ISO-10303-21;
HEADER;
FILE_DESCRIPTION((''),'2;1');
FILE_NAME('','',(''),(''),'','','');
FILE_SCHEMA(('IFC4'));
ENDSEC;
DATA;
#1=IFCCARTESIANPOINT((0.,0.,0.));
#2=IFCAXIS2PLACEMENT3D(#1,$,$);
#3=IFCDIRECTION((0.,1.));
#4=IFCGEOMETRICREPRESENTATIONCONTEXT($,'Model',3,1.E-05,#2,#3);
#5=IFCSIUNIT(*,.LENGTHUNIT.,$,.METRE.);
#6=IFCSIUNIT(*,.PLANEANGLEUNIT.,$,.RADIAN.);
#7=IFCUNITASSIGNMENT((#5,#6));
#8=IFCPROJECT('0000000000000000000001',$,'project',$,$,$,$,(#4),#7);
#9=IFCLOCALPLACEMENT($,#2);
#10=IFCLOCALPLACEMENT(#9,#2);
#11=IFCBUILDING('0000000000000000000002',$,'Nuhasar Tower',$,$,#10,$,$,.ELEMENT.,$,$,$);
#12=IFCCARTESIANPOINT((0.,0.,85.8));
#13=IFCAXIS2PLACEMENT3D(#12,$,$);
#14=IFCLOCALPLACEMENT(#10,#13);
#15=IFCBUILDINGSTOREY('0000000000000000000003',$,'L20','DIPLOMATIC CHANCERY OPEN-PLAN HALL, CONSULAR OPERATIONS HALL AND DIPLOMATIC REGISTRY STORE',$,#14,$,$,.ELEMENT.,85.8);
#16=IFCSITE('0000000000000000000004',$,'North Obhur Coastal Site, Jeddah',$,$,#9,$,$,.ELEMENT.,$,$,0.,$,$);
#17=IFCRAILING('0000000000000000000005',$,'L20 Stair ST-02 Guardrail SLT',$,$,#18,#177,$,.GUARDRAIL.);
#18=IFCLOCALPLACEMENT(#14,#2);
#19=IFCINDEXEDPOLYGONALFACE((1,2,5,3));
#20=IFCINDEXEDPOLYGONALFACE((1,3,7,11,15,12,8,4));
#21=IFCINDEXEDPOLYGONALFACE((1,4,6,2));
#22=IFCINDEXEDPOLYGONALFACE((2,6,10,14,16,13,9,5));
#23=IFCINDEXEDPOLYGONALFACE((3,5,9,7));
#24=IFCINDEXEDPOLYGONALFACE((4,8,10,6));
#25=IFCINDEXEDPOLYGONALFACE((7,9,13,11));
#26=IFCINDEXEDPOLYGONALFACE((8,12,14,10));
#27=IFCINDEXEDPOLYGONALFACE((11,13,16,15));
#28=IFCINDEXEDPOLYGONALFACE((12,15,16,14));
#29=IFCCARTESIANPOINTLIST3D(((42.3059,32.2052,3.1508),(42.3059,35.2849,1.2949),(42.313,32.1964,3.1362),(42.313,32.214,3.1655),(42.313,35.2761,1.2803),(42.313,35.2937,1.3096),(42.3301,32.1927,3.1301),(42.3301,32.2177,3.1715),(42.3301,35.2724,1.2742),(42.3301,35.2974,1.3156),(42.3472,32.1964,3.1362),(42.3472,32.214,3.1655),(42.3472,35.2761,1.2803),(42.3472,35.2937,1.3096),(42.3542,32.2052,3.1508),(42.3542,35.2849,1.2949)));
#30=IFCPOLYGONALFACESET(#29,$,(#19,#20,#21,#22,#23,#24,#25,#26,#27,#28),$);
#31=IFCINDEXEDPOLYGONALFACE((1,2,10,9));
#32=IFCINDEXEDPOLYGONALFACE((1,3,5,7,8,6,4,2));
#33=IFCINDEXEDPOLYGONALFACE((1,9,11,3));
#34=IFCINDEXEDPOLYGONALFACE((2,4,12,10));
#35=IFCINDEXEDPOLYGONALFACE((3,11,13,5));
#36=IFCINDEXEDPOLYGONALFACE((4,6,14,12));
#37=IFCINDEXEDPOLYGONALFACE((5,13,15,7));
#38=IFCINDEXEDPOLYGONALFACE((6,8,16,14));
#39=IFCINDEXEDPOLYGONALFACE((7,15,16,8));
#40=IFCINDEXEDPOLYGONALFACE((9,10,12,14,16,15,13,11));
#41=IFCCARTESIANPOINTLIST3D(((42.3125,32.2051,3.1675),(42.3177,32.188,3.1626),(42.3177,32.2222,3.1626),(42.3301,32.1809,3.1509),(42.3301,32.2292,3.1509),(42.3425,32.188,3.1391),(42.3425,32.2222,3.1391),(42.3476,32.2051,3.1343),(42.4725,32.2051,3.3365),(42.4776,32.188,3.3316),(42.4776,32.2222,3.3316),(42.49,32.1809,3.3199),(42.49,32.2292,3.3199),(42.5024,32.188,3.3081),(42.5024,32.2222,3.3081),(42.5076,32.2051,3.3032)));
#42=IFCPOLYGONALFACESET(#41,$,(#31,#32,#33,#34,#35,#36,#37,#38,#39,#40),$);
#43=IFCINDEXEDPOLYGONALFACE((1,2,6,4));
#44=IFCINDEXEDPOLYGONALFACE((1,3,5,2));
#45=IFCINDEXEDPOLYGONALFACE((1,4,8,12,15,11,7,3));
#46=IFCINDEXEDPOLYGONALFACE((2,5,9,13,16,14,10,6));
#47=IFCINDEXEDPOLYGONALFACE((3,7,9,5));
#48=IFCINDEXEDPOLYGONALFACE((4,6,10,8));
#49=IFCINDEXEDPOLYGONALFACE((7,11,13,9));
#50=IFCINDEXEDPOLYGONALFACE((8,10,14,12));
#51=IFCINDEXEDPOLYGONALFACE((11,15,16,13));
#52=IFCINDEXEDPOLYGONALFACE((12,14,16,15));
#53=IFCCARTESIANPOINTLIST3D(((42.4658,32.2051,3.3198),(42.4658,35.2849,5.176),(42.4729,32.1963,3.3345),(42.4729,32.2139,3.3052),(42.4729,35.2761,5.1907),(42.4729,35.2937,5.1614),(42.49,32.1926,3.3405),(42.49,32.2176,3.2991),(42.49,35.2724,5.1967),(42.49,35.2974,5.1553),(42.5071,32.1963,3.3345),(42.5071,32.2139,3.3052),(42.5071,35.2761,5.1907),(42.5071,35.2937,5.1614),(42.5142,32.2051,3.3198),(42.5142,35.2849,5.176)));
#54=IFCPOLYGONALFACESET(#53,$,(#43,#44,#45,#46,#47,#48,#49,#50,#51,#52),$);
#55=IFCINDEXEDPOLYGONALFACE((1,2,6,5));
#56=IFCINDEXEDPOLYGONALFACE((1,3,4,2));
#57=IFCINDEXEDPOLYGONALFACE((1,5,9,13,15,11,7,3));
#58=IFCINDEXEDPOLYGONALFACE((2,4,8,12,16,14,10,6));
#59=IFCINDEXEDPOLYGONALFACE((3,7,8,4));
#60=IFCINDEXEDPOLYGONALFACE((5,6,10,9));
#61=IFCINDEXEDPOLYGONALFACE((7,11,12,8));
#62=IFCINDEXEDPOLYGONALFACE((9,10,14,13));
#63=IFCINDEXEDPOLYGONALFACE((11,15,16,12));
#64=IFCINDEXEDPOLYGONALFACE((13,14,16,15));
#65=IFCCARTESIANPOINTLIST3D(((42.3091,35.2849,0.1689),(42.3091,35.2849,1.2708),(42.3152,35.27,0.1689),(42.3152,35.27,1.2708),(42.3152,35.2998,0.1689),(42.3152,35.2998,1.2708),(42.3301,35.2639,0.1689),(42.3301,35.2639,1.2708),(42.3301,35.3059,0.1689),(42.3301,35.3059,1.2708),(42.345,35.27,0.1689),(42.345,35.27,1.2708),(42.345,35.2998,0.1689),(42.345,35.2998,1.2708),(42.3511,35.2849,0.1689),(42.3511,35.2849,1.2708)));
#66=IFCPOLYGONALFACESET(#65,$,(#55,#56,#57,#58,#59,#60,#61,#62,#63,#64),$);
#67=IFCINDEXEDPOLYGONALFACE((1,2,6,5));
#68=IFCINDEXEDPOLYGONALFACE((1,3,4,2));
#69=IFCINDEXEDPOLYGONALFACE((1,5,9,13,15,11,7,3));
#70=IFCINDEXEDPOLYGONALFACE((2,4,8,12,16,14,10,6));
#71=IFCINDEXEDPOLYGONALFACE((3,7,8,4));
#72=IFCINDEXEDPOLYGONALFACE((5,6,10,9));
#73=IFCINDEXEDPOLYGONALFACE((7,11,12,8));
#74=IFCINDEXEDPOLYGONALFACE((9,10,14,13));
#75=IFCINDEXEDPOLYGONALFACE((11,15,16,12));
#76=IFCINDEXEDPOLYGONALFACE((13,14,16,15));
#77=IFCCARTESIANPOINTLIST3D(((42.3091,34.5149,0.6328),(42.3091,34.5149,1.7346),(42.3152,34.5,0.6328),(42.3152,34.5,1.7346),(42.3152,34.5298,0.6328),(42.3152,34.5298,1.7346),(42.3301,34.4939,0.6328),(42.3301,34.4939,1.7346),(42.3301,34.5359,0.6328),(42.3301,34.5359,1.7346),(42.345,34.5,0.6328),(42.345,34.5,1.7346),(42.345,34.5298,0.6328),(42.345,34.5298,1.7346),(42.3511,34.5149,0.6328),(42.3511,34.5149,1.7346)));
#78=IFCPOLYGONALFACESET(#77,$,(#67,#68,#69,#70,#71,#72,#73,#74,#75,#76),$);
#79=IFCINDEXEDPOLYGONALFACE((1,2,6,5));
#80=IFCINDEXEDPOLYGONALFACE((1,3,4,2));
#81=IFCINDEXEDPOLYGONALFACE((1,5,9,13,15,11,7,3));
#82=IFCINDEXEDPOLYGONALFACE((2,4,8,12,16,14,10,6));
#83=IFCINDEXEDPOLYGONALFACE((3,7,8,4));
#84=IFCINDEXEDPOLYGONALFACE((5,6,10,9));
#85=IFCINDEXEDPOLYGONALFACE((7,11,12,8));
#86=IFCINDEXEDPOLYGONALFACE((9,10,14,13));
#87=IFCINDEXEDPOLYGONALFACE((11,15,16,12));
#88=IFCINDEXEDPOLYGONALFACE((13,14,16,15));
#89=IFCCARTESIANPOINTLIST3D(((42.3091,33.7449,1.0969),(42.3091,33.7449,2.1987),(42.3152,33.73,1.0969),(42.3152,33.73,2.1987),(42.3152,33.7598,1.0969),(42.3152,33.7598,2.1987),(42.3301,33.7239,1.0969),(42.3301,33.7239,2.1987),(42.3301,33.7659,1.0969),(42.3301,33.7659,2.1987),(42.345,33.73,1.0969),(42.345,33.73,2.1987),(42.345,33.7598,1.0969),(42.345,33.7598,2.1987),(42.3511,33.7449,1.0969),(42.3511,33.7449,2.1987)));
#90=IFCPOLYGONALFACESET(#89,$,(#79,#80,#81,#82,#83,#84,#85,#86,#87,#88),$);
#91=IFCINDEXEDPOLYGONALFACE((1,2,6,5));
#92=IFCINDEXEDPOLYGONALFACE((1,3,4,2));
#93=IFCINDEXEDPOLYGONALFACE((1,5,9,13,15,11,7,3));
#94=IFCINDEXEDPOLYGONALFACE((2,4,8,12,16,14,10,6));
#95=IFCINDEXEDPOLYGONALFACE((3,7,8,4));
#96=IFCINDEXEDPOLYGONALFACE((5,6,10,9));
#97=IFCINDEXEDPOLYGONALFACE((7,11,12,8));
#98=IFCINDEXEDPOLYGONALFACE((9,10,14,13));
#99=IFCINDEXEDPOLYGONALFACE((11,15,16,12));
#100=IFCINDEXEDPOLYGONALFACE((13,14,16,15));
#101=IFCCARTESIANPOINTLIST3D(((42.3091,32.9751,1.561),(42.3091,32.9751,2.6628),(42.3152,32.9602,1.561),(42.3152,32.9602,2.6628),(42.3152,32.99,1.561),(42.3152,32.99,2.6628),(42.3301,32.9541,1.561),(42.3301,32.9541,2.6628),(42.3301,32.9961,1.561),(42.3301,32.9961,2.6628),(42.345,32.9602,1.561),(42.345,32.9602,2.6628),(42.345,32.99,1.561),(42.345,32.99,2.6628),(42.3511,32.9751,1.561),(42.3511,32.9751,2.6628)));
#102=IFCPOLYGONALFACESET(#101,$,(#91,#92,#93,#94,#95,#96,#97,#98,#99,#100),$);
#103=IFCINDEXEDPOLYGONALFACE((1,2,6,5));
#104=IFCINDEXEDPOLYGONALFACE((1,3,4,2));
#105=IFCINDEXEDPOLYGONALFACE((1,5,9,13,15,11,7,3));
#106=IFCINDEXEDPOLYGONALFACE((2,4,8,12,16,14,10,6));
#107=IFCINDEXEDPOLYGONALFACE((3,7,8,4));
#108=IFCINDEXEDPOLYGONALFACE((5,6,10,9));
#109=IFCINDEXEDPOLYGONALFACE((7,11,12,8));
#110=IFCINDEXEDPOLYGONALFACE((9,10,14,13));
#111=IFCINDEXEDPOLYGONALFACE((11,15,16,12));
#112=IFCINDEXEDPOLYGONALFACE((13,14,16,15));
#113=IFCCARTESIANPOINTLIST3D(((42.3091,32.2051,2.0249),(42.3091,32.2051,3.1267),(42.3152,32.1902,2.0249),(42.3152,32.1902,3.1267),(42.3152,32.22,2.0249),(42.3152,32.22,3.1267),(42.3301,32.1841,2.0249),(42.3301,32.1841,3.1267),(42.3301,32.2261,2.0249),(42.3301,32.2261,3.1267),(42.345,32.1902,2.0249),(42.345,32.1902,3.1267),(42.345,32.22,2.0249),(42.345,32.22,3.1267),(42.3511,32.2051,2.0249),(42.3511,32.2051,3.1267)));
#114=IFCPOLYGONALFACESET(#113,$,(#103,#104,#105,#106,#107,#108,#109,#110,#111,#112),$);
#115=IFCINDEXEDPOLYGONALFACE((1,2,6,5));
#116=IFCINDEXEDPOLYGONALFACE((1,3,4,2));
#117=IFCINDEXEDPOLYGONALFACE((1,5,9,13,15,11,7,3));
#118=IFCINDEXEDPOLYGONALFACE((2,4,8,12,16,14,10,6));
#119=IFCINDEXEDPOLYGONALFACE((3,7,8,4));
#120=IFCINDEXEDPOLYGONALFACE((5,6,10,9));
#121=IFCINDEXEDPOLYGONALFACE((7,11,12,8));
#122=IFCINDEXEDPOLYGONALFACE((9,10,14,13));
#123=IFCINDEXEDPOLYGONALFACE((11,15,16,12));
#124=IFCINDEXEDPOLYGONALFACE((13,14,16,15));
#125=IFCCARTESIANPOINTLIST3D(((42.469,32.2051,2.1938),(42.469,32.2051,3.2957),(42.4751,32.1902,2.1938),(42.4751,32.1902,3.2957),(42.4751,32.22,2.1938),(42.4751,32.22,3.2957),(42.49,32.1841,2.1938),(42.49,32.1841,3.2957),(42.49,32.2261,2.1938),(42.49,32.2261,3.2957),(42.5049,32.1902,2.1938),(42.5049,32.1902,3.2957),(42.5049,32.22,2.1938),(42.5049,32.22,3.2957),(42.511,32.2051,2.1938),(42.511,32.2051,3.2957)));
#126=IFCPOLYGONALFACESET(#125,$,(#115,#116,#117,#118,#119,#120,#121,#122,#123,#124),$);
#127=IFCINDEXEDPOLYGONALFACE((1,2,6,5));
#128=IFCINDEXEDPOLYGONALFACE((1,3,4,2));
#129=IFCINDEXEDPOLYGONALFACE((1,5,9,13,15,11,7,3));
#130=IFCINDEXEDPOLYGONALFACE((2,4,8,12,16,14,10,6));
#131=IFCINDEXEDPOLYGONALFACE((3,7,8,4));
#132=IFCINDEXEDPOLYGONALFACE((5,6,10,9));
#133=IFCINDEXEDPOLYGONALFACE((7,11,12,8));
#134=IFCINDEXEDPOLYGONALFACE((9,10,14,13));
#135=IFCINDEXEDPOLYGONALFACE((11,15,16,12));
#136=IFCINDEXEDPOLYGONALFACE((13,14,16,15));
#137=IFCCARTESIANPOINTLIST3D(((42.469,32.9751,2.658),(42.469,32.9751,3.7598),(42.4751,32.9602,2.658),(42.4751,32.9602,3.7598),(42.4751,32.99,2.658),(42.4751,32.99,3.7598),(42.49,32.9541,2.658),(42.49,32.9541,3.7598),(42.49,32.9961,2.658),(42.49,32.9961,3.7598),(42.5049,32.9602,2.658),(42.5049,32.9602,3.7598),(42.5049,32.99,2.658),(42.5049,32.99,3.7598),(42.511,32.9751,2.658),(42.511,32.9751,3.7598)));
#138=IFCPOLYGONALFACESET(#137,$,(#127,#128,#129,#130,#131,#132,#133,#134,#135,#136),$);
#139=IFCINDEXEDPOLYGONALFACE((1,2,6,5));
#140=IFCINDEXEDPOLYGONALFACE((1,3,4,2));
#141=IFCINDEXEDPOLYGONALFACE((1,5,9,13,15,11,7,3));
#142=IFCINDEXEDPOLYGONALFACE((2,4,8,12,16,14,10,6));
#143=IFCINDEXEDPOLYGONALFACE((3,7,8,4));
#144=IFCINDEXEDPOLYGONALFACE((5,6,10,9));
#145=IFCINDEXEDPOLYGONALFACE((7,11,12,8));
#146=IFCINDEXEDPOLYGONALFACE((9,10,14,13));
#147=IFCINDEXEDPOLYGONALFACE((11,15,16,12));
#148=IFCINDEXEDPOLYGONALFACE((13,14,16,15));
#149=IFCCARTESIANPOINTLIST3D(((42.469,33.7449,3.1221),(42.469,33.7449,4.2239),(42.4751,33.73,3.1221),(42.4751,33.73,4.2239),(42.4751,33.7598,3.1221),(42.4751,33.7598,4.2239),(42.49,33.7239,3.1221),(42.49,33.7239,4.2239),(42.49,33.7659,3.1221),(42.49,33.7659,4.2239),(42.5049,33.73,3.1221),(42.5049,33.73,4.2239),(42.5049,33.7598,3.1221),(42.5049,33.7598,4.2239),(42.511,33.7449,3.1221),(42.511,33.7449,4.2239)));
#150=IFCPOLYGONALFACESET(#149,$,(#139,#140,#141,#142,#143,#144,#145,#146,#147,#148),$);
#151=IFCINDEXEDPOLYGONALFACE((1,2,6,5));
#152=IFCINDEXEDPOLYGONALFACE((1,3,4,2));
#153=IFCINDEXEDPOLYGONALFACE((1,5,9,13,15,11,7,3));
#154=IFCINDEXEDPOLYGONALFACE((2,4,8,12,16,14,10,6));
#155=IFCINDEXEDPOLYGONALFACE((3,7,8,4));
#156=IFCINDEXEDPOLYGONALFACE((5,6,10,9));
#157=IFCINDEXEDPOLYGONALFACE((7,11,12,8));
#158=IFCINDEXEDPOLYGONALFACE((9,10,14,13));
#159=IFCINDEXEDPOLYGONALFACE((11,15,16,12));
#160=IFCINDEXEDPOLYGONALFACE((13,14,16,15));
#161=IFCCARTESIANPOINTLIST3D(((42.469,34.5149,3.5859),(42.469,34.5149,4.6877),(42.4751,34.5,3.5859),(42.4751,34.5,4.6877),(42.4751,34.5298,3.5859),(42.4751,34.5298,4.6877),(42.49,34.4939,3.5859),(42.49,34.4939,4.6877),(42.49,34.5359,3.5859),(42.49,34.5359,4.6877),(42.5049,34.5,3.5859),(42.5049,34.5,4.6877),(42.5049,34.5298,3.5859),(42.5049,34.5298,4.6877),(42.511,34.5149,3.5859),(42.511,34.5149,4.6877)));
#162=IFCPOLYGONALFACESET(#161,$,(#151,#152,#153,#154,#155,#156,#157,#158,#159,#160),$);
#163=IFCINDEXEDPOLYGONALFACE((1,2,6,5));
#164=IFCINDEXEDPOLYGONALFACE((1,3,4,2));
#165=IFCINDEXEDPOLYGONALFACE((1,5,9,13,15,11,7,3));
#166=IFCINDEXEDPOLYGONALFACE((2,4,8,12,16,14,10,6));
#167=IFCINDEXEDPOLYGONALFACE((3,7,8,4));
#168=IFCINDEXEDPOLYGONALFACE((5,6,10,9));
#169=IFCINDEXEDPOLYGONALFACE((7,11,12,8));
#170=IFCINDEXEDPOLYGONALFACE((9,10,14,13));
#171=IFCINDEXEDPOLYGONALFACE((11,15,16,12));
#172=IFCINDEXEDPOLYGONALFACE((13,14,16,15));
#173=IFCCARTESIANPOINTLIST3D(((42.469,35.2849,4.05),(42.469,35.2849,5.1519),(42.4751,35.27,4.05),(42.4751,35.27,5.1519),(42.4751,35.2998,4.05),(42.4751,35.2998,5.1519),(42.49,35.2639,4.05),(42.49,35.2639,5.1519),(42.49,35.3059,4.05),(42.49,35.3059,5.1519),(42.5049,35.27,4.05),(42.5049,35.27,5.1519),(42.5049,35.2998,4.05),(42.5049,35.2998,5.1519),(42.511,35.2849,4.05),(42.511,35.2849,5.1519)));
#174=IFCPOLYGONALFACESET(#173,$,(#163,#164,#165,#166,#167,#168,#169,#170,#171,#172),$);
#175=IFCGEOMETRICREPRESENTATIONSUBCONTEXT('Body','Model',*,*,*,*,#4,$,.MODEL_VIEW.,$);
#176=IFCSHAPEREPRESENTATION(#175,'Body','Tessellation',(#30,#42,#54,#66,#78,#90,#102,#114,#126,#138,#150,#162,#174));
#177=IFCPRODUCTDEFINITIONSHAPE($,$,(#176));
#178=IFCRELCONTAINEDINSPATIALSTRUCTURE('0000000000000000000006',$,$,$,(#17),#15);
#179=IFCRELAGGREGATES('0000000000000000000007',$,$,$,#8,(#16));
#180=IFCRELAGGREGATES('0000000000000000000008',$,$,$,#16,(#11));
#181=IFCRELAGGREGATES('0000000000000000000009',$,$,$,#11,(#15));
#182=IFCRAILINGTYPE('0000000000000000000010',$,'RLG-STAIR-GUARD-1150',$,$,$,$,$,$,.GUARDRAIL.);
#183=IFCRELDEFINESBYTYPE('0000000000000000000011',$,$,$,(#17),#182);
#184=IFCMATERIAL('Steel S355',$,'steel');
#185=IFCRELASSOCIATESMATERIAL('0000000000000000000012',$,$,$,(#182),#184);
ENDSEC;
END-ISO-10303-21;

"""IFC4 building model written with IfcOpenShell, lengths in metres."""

from ifc_helpers import new_model, si_unit, direction, frame, origin, place, context, subcontext, project, spatial, polyline, outline, extrude, material, type_object, element, save


model = new_model("IFC4")

# Units and contexts
model_context = context("Model", 3, precision=1e-05, world=origin(), true_north=direction((0.0, 1.0)))
body_context = subcontext(model_context, "Body", "Model", "MODEL_VIEW")
ifc_project = project(units=[si_unit("LENGTHUNIT", "METRE"), si_unit("PLANEANGLEUNIT", "RADIAN")], contexts=[model_context])

# Site, building, storey
site_placement = place(None, origin())
site = spatial("IfcSite", under=ifc_project, at=site_placement, Name="North Obhur Coastal Site, Jeddah", CompositionType="ELEMENT", RefElevation=0.0)
building_placement = place(site_placement, origin())
building = spatial("IfcBuilding", under=site, at=building_placement, Name="Nuhasar Tower", CompositionType="ELEMENT")
storey_placement = place(building_placement, frame((0.0, 0.0, 85.8)))
storey = spatial("IfcBuildingStorey", under=building, at=storey_placement, Name="L20", Description="DIPLOMATIC CHANCERY OPEN-PLAN HALL, CONSULAR OPERATIONS HALL AND DIPLOMATIC REGISTRY STORE", CompositionType="ELEMENT", Elevation=85.8)

# Shared definitions
ifc_material_1 = material(Name="Steel S355", Category="steel")

# Railing
railing_type_1 = type_object("IfcRailingType", Name="RLG-STAIR-GUARD-1150", PredefinedType="GUARDRAIL", material=ifc_material_1)
railing_1_placement = place(storey_placement, frame((42.3301, 35.2849, 0.1689)))
element("IfcRailing", 1, at=railing_1_placement, inside=storey, type_object=railing_type_1, Name="L20 Stair ST-02 Guardrail SLT", PredefinedType="GUARDRAIL", context=body_context, shape_type="SweptSolid", body=[
    extrude(outline(polyline([(0.0242, 0.0), (0.0171, 0.0171), (0.0, 0.0242), (-0.0171, 0.0171), (-0.0242, 0.0), (-0.0171, -0.0171), (0.0, -0.0242), (0.0171, -0.0171), (0.0242, 0.0)])), frame((0.0, 0.0, 1.126), z_axis=(0.0, -0.856503, 0.516142), x_axis=(1.0, 0.0, 0.0)), (0.0, 0.0, 1.0), 3.5957),
    extrude(outline(polyline([(0.0242, 0.0), (0.0171, 0.0171), (0.0, 0.0242), (-0.0171, 0.0171), (-0.0242, 0.0), (-0.0171, -0.0171), (0.0, -0.0242), (0.0171, -0.0171), (0.0242, 0.0)])), frame((0.0, -3.0798, 2.9819), z_axis=(0.687424, 0.0, 0.726256), x_axis=(0.0, 1.0, 0.0)), (0.0, 0.0, 1.0), 0.2327),
    extrude(outline(polyline([(0.0242, 0.0), (0.0171, 0.0171), (0.0, 0.0242), (-0.0171, 0.0171), (-0.0242, 0.0), (-0.0171, -0.0171), (0.0, -0.0242), (0.0171, -0.0171), (0.0242, 0.0)])), frame((0.1599, -3.0798, 3.1509), z_axis=(0.0, 0.856473, 0.516192), x_axis=(-1.0, 0.0, 0.0)), (0.0, 0.0, 1.0), 3.5959),
    extrude(outline(polyline([(0.021, 0.0), (0.0149, 0.0149), (0.0, 0.021), (-0.0149, 0.0149), (-0.021, 0.0), (-0.0149, -0.0149), (0.0, -0.021), (0.0149, -0.0149), (0.021, 0.0)])), origin(), (0.0, 0.0, 1.0), 1.1018),
    extrude(outline(polyline([(0.021, 0.0), (0.0149, 0.0149), (0.0, 0.021), (-0.0149, 0.0149), (-0.021, 0.0), (-0.0149, -0.0149), (0.0, -0.021), (0.0149, -0.0149), (0.021, 0.0)])), frame((0.0, -0.77, 0.4639)), (0.0, 0.0, 1.0), 1.1018),
    extrude(outline(polyline([(0.021, 0.0), (0.0149, 0.0149), (0.0, 0.021), (-0.0149, 0.0149), (-0.021, 0.0), (-0.0149, -0.0149), (0.0, -0.021), (0.0149, -0.0149), (0.021, 0.0)])), frame((0.0, -1.54, 0.928)), (0.0, 0.0, 1.0), 1.1018),
    extrude(outline(polyline([(0.021, 0.0), (0.0149, 0.0149), (0.0, 0.021), (-0.0149, 0.0149), (-0.021, 0.0), (-0.0149, -0.0149), (0.0, -0.021), (0.0149, -0.0149), (0.021, 0.0)])), frame((0.0, -2.3098, 1.3921)), (0.0, 0.0, 1.0), 1.1018),
    extrude(outline(polyline([(0.021, 0.0), (0.0149, 0.0149), (0.0, 0.021), (-0.0149, 0.0149), (-0.021, 0.0), (-0.0149, -0.0149), (0.0, -0.021), (0.0149, -0.0149), (0.021, 0.0)])), frame((0.0, -3.0798, 1.856)), (0.0, 0.0, 1.0), 1.1018),
    extrude(outline(polyline([(0.021, 0.0), (0.0149, 0.0149), (0.0, 0.021), (-0.0149, 0.0149), (-0.021, 0.0), (-0.0149, -0.0149), (0.0, -0.021), (0.0149, -0.0149), (0.021, 0.0)])), frame((0.1599, -3.0798, 2.0249)), (0.0, 0.0, 1.0), 1.1018),
    extrude(outline(polyline([(0.021, 0.0), (0.0149, 0.0149), (0.0, 0.021), (-0.0149, 0.0149), (-0.021, 0.0), (-0.0149, -0.0149), (0.0, -0.021), (0.0149, -0.0149), (0.021, 0.0)])), frame((0.1599, -2.3098, 2.489)), (0.0, 0.0, 1.0), 1.1018),
    extrude(outline(polyline([(0.021, 0.0), (0.0149, 0.0149), (0.0, 0.021), (-0.0149, 0.0149), (-0.021, 0.0), (-0.0149, -0.0149), (0.0, -0.021), (0.0149, -0.0149), (0.021, 0.0)])), frame((0.1599, -1.54, 2.9531)), (0.0, 0.0, 1.0), 1.1018),
    extrude(outline(polyline([(0.021, 0.0), (0.0149, 0.0149), (0.0, 0.021), (-0.0149, 0.0149), (-0.021, 0.0), (-0.0149, -0.0149), (0.0, -0.021), (0.0149, -0.0149), (0.021, 0.0)])), frame((0.1599, -0.77, 3.417)), (0.0, 0.0, 1.0), 1.1018),
    extrude(outline(polyline([(0.021, 0.0), (0.0149, 0.0149), (0.0, 0.021), (-0.0149, 0.0149), (-0.021, 0.0), (-0.0149, -0.0149), (0.0, -0.021), (0.0149, -0.0149), (0.021, 0.0)])), frame((0.1599, 0.0, 3.8811)), (0.0, 0.0, 1.0), 1.1018),
])

save(model, "model.ifc")
